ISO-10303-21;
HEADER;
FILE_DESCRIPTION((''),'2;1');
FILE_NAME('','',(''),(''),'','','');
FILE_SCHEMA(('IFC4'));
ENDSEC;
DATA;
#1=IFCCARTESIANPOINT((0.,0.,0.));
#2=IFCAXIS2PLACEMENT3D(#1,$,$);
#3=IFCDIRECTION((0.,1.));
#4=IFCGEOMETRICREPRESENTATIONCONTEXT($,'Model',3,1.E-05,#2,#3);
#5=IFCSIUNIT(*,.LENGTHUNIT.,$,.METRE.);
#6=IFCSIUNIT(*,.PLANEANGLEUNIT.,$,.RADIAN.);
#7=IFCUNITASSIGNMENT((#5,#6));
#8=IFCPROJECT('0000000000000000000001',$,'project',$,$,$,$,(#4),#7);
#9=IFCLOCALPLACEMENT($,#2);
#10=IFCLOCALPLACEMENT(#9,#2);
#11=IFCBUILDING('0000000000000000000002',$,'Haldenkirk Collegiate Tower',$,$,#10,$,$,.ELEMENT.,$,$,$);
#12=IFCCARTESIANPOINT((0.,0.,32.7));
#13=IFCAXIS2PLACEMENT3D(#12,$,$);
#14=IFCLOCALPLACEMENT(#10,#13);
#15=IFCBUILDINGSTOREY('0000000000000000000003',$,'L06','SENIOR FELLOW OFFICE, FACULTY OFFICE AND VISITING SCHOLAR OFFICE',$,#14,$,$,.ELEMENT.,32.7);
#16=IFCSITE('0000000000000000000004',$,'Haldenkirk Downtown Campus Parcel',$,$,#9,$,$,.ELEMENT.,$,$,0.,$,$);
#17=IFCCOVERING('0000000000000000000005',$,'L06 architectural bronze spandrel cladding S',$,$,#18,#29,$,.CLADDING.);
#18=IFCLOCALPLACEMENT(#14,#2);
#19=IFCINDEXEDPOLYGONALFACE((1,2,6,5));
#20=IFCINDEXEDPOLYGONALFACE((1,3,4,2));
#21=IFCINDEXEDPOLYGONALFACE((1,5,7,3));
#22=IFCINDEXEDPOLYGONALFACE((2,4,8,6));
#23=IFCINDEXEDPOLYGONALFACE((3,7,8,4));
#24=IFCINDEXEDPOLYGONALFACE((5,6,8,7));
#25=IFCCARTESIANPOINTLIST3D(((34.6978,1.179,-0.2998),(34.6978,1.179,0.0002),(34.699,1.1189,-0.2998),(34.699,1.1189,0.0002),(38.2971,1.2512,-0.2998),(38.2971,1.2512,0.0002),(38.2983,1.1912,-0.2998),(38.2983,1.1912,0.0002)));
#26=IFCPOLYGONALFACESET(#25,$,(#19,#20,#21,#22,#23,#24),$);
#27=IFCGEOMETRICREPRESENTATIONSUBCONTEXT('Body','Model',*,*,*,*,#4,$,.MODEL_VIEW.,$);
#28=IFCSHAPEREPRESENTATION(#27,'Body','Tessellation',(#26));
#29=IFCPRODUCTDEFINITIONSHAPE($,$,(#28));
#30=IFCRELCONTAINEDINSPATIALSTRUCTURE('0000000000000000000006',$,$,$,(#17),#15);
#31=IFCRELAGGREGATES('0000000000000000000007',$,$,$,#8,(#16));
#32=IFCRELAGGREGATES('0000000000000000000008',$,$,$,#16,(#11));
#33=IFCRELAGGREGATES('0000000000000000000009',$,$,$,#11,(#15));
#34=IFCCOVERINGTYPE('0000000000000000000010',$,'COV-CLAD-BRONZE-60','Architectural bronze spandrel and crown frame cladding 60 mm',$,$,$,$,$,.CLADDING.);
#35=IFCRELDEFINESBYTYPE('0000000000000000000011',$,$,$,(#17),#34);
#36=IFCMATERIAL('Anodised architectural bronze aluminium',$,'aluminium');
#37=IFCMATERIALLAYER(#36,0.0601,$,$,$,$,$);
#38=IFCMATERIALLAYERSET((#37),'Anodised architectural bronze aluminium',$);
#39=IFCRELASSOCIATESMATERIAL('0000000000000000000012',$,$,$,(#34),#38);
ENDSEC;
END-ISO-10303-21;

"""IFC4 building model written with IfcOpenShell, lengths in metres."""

from ifc_helpers import new_model, si_unit, direction, frame, origin, origin_2d, place, context, subcontext, project, spatial, rectangle, extrude, source, transform, mapped, material, layer, layer_set, type_object, element, save


model = new_model("IFC4")

# Units and contexts
model_context = context("Model", 3, precision=1e-05, world=origin(), true_north=direction((0.0, 1.0)))
body_context = subcontext(model_context, "Body", "Model", "MODEL_VIEW")
ifc_project = project(units=[si_unit("LENGTHUNIT", "METRE"), si_unit("PLANEANGLEUNIT", "RADIAN")], contexts=[model_context])

# Site, building, storey
site_placement = place(None, origin())
site = spatial("IfcSite", under=ifc_project, at=site_placement, Name="Haldenkirk Downtown Campus Parcel", CompositionType="ELEMENT", RefElevation=0.0)
building_placement = place(site_placement, origin())
building = spatial("IfcBuilding", under=site, at=building_placement, Name="Haldenkirk Collegiate Tower", CompositionType="ELEMENT")
storey_placement = place(building_placement, frame((0.0, 0.0, 32.7)))
storey = spatial("IfcBuildingStorey", under=building, at=storey_placement, Name="L06", Description="SENIOR FELLOW OFFICE, FACULTY OFFICE AND VISITING SCHOLAR OFFICE", CompositionType="ELEMENT", Elevation=32.7)

# Shared definitions
ifc_material_1 = material(Name="Anodised architectural bronze aluminium", Category="aluminium")

# Covering
ifc_layer_1 = layer(ifc_material_1, 0.0601)
ifc_layer_set_1 = layer_set([ifc_layer_1], Name="Anodised architectural bronze aluminium")
covering_type = type_object("IfcCoveringType", Name="COV-CLAD-BRONZE-60", Description="Architectural bronze spandrel and crown frame cladding 60 mm", PredefinedType="CLADDING", material=ifc_layer_set_1)
shared_shape_1 = source(origin(), body_context, "Body", "SweptSolid", [
    extrude(rectangle(XDim=3.6001, YDim=0.0601, at=origin_2d()), origin(), (0.0, 0.0, 1.0), 0.3),
])
covering_placement = place(storey_placement, frame((36.498, 1.1851, -0.2998), z_axis=(0.0, 0.0, 1.0), x_axis=(-0.999799, -0.02007, 0.0)))
element("IfcCovering", 1, at=covering_placement, inside=storey, type_object=covering_type, Name="L06 architectural bronze spandrel cladding S", PredefinedType="CLADDING", context=body_context, shape_type="MappedRepresentation", body=[
    mapped(shared_shape_1, transform((0.0, 0.0, 0.0), x_axis=(1.0, 0.0, 0.0), y_axis=(0.0, 1.0, 0.0), z_axis=(0.0, 0.0, 1.0), scale=1.0)),
])

save(model, "model.ifc")
